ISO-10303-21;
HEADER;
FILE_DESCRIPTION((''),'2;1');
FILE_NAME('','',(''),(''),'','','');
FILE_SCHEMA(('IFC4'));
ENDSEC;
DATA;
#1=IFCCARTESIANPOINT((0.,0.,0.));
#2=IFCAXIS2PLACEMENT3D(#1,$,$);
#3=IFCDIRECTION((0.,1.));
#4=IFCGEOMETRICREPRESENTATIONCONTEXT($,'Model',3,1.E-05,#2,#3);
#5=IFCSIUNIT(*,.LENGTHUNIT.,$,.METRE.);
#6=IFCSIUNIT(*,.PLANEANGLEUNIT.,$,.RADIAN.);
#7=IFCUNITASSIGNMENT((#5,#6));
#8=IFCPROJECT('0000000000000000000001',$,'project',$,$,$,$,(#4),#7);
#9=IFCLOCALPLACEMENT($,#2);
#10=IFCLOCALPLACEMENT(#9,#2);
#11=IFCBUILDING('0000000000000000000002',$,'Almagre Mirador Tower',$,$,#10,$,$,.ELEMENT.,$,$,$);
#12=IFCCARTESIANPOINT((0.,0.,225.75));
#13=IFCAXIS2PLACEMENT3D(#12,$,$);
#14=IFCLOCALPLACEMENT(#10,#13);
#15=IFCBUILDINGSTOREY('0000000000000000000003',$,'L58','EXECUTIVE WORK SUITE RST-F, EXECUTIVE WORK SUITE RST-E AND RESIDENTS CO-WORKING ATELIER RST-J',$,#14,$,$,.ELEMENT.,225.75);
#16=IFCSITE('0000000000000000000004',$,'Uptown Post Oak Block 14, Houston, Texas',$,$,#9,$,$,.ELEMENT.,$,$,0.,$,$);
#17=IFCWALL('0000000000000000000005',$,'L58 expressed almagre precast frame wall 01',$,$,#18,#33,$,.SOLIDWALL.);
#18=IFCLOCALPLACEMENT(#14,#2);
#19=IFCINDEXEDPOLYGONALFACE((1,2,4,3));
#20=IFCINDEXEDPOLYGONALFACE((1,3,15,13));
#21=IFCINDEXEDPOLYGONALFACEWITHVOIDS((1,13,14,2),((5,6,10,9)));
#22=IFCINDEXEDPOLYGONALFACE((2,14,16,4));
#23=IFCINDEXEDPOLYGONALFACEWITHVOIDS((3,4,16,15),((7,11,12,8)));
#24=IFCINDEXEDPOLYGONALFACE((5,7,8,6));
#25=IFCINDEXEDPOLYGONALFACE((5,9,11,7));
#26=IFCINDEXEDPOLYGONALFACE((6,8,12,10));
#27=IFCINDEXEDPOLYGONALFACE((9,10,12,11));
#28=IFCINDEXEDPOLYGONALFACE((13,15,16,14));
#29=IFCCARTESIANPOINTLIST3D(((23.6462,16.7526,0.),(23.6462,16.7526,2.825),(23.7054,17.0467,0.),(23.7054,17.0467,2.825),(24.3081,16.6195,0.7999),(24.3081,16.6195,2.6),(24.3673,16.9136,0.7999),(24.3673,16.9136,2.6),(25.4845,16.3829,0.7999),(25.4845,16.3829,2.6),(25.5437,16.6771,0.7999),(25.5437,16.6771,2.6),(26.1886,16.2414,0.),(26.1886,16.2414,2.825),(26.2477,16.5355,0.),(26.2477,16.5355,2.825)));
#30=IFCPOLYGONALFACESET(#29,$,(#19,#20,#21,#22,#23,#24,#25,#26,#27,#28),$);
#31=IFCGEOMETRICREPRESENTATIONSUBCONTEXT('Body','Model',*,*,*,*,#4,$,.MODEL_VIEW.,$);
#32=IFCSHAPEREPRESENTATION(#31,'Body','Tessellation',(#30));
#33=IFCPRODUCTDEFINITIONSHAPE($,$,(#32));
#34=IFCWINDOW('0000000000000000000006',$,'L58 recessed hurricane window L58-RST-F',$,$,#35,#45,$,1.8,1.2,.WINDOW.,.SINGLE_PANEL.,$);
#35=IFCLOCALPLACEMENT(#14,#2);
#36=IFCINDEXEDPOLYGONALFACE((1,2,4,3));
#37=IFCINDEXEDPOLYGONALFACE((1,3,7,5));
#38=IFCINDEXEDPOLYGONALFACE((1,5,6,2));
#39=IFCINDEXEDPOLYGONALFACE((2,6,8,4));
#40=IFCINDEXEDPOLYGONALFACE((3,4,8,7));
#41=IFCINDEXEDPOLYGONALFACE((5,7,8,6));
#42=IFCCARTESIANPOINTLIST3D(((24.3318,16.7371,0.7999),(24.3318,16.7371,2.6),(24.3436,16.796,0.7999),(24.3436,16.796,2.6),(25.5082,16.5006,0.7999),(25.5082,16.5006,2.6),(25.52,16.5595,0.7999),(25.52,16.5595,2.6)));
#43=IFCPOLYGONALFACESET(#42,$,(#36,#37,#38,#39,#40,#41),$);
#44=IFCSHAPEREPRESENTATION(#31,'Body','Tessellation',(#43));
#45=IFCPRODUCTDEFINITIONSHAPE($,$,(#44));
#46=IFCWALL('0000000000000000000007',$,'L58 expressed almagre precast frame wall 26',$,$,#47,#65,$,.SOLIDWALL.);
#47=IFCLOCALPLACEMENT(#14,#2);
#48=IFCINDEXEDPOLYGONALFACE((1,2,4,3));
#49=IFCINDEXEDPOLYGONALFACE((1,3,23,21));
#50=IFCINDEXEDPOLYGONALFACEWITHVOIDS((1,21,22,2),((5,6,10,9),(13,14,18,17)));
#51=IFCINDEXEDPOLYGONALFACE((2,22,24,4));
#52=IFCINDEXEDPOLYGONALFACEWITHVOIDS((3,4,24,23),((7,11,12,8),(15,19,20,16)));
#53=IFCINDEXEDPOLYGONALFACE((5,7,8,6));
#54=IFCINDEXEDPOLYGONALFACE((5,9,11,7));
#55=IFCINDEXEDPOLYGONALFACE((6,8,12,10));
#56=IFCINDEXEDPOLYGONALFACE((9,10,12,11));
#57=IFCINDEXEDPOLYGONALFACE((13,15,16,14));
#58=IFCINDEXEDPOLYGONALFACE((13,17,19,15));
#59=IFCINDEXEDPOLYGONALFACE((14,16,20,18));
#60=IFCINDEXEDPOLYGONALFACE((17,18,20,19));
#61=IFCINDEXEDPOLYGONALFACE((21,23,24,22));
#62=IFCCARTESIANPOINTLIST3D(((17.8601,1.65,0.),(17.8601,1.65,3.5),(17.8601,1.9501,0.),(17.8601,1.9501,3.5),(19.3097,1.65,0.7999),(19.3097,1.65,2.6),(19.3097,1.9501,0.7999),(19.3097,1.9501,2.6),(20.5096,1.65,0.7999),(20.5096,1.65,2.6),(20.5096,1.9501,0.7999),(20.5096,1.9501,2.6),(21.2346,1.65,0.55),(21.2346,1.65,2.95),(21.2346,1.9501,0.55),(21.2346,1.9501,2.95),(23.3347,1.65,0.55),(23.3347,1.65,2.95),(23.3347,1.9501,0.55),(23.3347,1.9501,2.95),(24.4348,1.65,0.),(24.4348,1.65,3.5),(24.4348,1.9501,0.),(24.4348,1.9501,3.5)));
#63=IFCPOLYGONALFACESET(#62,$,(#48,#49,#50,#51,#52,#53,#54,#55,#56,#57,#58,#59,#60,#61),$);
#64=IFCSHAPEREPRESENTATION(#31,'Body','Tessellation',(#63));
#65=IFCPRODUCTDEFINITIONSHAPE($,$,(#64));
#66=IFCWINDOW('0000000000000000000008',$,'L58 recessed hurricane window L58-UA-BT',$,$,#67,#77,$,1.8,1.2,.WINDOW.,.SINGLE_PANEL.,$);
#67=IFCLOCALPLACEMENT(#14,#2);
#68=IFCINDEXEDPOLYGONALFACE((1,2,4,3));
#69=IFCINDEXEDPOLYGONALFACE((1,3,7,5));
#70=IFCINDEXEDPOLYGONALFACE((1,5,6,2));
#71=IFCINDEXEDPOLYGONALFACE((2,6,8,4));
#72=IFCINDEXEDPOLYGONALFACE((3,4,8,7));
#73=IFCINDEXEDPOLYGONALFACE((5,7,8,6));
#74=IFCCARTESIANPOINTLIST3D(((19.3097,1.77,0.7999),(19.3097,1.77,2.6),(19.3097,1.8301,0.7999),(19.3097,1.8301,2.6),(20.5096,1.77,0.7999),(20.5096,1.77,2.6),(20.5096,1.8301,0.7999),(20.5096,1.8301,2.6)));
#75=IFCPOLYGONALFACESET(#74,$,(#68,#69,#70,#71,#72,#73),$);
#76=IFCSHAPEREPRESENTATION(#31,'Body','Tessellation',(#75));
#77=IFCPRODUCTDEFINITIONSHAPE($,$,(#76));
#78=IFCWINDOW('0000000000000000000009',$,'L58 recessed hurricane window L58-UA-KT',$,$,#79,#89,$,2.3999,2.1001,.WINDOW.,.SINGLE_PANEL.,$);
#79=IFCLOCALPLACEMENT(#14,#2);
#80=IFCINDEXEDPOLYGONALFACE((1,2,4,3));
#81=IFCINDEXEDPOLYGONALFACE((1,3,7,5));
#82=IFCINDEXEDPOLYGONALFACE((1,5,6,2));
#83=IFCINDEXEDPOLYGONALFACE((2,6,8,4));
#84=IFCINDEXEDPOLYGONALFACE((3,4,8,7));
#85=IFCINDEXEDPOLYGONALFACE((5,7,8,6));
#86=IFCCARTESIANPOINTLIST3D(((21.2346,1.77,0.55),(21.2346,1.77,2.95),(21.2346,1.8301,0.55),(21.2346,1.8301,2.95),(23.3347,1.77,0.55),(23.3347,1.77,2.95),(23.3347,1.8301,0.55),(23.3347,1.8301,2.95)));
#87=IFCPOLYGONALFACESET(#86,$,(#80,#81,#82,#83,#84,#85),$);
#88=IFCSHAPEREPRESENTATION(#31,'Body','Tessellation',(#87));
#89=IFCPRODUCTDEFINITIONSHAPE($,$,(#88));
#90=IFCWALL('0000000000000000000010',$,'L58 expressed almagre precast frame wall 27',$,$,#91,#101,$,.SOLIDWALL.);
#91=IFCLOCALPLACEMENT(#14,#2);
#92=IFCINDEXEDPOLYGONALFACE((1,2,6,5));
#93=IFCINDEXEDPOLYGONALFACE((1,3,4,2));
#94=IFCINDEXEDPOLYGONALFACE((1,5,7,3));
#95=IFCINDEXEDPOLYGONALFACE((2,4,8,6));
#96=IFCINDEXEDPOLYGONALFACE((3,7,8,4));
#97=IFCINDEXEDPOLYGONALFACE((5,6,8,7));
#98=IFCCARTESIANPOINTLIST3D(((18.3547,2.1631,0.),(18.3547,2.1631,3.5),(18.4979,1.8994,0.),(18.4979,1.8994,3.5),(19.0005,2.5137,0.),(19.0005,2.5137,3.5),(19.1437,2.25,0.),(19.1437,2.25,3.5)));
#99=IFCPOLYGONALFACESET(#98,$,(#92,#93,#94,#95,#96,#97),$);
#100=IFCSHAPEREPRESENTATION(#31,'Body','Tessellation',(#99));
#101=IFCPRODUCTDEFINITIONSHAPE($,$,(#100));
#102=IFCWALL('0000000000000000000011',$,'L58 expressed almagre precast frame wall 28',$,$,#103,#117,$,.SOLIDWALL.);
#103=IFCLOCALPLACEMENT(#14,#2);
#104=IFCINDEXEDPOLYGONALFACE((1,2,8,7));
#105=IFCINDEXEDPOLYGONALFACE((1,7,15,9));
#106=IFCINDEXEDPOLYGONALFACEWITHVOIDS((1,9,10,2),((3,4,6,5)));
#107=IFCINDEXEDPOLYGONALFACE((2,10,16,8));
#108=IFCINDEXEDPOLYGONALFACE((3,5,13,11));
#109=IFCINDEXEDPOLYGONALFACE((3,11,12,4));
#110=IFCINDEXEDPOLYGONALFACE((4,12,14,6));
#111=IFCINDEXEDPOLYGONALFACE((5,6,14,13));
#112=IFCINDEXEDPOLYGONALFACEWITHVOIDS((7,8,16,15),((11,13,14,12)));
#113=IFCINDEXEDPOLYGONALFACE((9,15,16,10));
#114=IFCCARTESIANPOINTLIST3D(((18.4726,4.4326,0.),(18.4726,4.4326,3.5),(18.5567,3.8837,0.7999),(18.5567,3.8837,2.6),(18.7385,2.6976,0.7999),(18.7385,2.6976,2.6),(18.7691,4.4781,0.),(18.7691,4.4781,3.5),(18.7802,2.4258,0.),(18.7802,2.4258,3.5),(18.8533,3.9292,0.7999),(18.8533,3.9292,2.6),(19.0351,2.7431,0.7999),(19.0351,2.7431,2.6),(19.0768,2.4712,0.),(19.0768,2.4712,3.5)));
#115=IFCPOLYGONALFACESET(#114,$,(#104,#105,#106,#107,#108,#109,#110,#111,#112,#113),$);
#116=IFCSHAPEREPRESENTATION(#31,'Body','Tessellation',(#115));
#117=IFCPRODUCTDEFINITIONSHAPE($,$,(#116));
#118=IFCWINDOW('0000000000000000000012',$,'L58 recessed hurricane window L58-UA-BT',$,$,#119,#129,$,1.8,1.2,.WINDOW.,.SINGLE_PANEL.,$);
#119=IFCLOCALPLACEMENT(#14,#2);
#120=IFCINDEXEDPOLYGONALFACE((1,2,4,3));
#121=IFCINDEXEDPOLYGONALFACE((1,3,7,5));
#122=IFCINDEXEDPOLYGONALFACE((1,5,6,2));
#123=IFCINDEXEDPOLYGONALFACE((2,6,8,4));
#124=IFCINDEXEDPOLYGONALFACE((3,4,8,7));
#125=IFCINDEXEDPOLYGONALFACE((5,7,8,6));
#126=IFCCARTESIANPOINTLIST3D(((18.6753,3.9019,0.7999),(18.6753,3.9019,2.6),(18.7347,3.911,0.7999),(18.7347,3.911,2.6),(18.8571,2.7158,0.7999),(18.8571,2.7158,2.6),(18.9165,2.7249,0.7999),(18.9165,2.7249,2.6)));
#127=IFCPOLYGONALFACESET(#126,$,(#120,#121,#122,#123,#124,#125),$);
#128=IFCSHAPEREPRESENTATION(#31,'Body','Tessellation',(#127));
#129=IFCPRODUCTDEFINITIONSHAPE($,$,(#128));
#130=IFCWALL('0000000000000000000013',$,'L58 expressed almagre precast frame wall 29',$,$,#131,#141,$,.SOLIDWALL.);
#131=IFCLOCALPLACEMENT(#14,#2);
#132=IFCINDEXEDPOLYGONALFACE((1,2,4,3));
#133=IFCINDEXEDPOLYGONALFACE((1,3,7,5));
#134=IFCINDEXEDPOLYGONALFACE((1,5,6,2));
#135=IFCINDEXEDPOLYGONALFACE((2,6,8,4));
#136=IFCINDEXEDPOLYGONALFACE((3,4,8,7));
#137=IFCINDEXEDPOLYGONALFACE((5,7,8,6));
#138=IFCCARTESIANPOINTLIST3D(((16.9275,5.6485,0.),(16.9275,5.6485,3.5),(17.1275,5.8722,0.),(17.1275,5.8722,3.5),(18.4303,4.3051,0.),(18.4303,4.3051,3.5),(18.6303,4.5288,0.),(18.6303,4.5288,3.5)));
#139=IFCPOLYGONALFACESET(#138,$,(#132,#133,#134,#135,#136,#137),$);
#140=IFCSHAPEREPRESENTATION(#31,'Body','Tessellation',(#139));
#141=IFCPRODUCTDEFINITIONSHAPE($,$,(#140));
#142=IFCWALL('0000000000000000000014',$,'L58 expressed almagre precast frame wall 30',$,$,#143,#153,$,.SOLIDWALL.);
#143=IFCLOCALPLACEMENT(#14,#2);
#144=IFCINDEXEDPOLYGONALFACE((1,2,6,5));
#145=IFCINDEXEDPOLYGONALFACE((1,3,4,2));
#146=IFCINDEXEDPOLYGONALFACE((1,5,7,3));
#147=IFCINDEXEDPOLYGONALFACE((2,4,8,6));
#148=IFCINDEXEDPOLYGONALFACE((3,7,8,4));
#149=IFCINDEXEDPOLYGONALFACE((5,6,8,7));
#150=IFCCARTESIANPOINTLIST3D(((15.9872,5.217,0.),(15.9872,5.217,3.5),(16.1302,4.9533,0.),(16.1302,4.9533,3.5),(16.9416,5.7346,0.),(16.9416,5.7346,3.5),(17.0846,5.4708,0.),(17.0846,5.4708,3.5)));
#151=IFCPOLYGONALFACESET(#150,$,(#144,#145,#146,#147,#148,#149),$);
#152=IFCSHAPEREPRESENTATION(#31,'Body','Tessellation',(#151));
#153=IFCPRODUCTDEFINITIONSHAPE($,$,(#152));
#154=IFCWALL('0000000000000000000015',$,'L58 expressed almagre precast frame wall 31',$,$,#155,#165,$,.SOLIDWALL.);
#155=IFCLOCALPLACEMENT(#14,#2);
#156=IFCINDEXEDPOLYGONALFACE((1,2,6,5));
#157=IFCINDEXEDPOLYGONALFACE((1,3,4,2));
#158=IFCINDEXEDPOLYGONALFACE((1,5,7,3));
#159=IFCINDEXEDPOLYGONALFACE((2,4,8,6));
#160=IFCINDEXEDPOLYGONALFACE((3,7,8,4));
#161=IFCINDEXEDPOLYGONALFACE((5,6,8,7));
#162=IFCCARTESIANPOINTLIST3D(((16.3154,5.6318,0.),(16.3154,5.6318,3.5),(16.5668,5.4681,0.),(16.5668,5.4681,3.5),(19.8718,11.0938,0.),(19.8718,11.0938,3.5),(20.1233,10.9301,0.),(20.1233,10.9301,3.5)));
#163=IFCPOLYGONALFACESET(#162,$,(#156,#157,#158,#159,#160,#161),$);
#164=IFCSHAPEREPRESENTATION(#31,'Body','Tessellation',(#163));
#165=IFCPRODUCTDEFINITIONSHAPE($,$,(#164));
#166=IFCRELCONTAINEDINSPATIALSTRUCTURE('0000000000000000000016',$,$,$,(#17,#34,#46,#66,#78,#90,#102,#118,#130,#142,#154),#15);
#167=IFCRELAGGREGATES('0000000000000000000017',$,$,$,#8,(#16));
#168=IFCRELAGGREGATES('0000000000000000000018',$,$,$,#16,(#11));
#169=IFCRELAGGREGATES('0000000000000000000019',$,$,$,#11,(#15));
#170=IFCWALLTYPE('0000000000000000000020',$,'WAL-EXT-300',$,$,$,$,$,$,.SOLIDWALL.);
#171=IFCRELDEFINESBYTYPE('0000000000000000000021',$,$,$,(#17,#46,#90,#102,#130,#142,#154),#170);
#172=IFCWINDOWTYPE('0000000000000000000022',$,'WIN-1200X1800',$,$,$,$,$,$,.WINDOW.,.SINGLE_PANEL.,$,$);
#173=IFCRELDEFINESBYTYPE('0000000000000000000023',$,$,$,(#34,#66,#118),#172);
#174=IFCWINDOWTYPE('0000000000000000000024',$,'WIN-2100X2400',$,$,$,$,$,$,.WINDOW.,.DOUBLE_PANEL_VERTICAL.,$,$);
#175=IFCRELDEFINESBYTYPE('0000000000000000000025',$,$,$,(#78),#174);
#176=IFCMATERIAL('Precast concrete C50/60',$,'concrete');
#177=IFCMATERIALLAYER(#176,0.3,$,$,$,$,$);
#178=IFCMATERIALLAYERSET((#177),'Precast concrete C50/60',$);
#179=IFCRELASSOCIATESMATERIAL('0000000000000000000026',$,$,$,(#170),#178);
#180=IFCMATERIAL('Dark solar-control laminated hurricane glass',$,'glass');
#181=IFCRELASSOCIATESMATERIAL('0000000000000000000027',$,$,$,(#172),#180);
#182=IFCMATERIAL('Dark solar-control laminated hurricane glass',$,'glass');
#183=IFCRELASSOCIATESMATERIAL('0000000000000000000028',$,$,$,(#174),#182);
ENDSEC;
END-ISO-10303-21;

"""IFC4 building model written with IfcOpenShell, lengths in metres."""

from ifc_helpers import new_model, si_unit, direction, frame, frame_2d, origin, place, context, subcontext, project, spatial, rectangle, extrude, material, layer, layer_set, type_object, element, fill, save


model = new_model("IFC4")

# Units and contexts
model_context = context("Model", 3, precision=1e-05, world=origin(), true_north=direction((0.0, 1.0)))
body_context = subcontext(model_context, "Body", "Model", "MODEL_VIEW")
ifc_project = project(units=[si_unit("LENGTHUNIT", "METRE"), si_unit("PLANEANGLEUNIT", "RADIAN")], contexts=[model_context])

# Site, building, storey
site_placement = place(None, origin())
site = spatial("IfcSite", under=ifc_project, at=site_placement, Name="Uptown Post Oak Block 14, Houston, Texas", CompositionType="ELEMENT", RefElevation=0.0)
building_placement = place(site_placement, origin())
building = spatial("IfcBuilding", under=site, at=building_placement, Name="Almagre Mirador Tower", CompositionType="ELEMENT")
storey_placement = place(building_placement, frame((0.0, 0.0, 225.75)))
storey = spatial("IfcBuildingStorey", under=building, at=storey_placement, Name="L58", Description="EXECUTIVE WORK SUITE RST-F, EXECUTIVE WORK SUITE RST-E AND RESIDENTS CO-WORKING ATELIER RST-J", CompositionType="ELEMENT", Elevation=225.75)

# Wall, opening, window
ifc_material_1 = material(Name="Precast concrete C50/60", Category="concrete")
ifc_layer_1 = layer(ifc_material_1, 0.3)
ifc_layer_set_1 = layer_set([ifc_layer_1], Name="Precast concrete C50/60")
wall_type_1 = type_object("IfcWallType", Name="WAL-EXT-300", PredefinedType="SOLIDWALL", material=ifc_layer_set_1)
wall_1_placement = place(storey_placement, frame((23.6758, 16.8997, 0.0), z_axis=(0.0, 0.0, 1.0), x_axis=(0.980377, -0.19713, 0.0)))
wall_1 = element("IfcWall", 1, at=wall_1_placement, inside=storey, type_object=wall_type_1, Name="L58 expressed almagre precast frame wall 01", PredefinedType="SOLIDWALL", context=body_context, shape_type="SweptSolid", body=[
    extrude(rectangle(XDim=2.5933, YDim=0.3, at=frame_2d((1.2966, 0.0))), origin(), (0.0, 0.0, 1.0), 2.825),
])
opening_1_placement = place(wall_1_placement, frame((0.675, 0.0, 0.8)))
opening_1 = element("IfcOpeningElement", 2, at=opening_1_placement, cuts=wall_1, PredefinedType="OPENING", context=body_context, shape_type="SweptSolid", body=[
    extrude(rectangle(XDim=1.2, YDim=1.8, at=frame_2d((0.6001, 0.8999))), frame((0.0, 0.1599, 0.0), z_axis=(0.0, -1.0, 0.0), x_axis=(1.0, 0.0, 0.0)), (0.0, 0.0, 1.0), 0.32),
])
ifc_material_2 = material(Name="Dark solar-control laminated hurricane glass", Category="glass")
window_type_1 = type_object("IfcWindowType", Name="WIN-1200X1800", PartitioningType="SINGLE_PANEL", PredefinedType="WINDOW", material=ifc_material_2)
window_1_placement = place(opening_1_placement, origin())
window_1 = element("IfcWindow", 3, at=window_1_placement, inside=storey, type_object=window_type_1, Name="L58 recessed hurricane window L58-RST-F", OverallHeight=1.8, OverallWidth=1.2, PartitioningType="SINGLE_PANEL", PredefinedType="WINDOW", context=body_context, shape_type="SweptSolid", body=[
    extrude(rectangle(XDim=1.2, YDim=1.8, at=frame_2d((0.6001, 0.8999))), frame((0.0, 0.03, 0.0), z_axis=(0.0, -1.0, 0.0), x_axis=(1.0, 0.0, 0.0)), (0.0, 0.0, 1.0), 0.0601),
])
fill(opening_1, window_1)

# Wall, openings, windows
wall_2_placement = place(storey_placement, frame((24.4348, 1.8, 0.0), z_axis=(0.0, 0.0, 1.0), x_axis=(-1.0, 0.0, 0.0)))
wall_2 = element("IfcWall", 4, at=wall_2_placement, inside=storey, type_object=wall_type_1, Name="L58 expressed almagre precast frame wall 26", PredefinedType="SOLIDWALL", context=body_context, shape_type="SweptSolid", body=[
    extrude(rectangle(XDim=6.5747, YDim=0.3, at=frame_2d((3.2874, 0.0))), origin(), (0.0, 0.0, 1.0), 3.5),
])
opening_2_placement = place(wall_2_placement, frame((1.1001, 0.0, 0.55)))
opening_2 = element("IfcOpeningElement", 5, at=opening_2_placement, cuts=wall_2, PredefinedType="OPENING", context=body_context, shape_type="SweptSolid", body=[
    extrude(rectangle(XDim=2.1001, YDim=2.3999, at=frame_2d((1.05, 1.2))), frame((0.0, 0.1599, 0.0), z_axis=(0.0, -1.0, 0.0), x_axis=(1.0, 0.0, 0.0)), (0.0, 0.0, 1.0), 0.32),
])
opening_3_placement = place(wall_2_placement, frame((3.925, 0.0, 0.8)))
opening_3 = element("IfcOpeningElement", 6, at=opening_3_placement, cuts=wall_2, PredefinedType="OPENING", context=body_context, shape_type="SweptSolid", body=[
    extrude(rectangle(XDim=1.2, YDim=1.8, at=frame_2d((0.6001, 0.8999))), frame((0.0, 0.1599, 0.0), z_axis=(0.0, -1.0, 0.0), x_axis=(1.0, 0.0, 0.0)), (0.0, 0.0, 1.0), 0.32),
])
window_2_placement = place(opening_3_placement, origin())
window_2 = element("IfcWindow", 7, at=window_2_placement, inside=storey, type_object=window_type_1, Name="L58 recessed hurricane window L58-UA-BT", OverallHeight=1.8, OverallWidth=1.2, PartitioningType="SINGLE_PANEL", PredefinedType="WINDOW", context=body_context, shape_type="SweptSolid", body=[
    extrude(rectangle(XDim=1.2, YDim=1.8, at=frame_2d((0.6001, 0.8999))), frame((0.0, 0.03, 0.0), z_axis=(0.0, -1.0, 0.0), x_axis=(1.0, 0.0, 0.0)), (0.0, 0.0, 1.0), 0.0601),
])
fill(opening_3, window_2)
ifc_material_3 = material(Name="Dark solar-control laminated hurricane glass", Category="glass")
window_type_2 = type_object("IfcWindowType", Name="WIN-2100X2400", PartitioningType="DOUBLE_PANEL_VERTICAL", PredefinedType="WINDOW", material=ifc_material_3)
window_3_placement = place(opening_2_placement, origin())
window_3 = element("IfcWindow", 8, at=window_3_placement, inside=storey, type_object=window_type_2, Name="L58 recessed hurricane window L58-UA-KT", OverallHeight=2.3999, OverallWidth=2.1001, PartitioningType="SINGLE_PANEL", PredefinedType="WINDOW", context=body_context, shape_type="SweptSolid", body=[
    extrude(rectangle(XDim=2.1001, YDim=2.3999, at=frame_2d((1.05, 1.2))), frame((0.0, 0.03, 0.0), z_axis=(0.0, -1.0, 0.0), x_axis=(1.0, 0.0, 0.0)), (0.0, 0.0, 1.0), 0.0601),
])
fill(opening_2, window_3)

# Wall
wall_3_placement = place(storey_placement, frame((18.4263, 2.0312, 0.0), z_axis=(0.0, 0.0, 1.0), x_axis=(0.878834, 0.477129, 0.0)))
element("IfcWall", 9, at=wall_3_placement, inside=storey, type_object=wall_type_1, Name="L58 expressed almagre precast frame wall 27", PredefinedType="SOLIDWALL", context=body_context, shape_type="SweptSolid", body=[
    extrude(rectangle(XDim=0.7349, YDim=0.3, at=frame_2d((0.3674, 0.0))), origin(), (0.0, 0.0, 1.0), 3.5),
])

# Wall, opening, window
wall_4_placement = place(storey_placement, frame((18.9285, 2.4485, 0.0), z_axis=(0.0, 0.0, 1.0), x_axis=(-0.151515, 0.988455, 0.0)))
wall_4 = element("IfcWall", 10, at=wall_4_placement, inside=storey, type_object=wall_type_1, Name="L58 expressed almagre precast frame wall 28", PredefinedType="SOLIDWALL", context=body_context, shape_type="SweptSolid", body=[
    extrude(rectangle(XDim=2.0303, YDim=0.3, at=frame_2d((1.0151, 0.0))), origin(), (0.0, 0.0, 1.0), 3.5),
])
opening_4_placement = place(wall_4_placement, frame((0.2749, 0.0, 0.8)))
opening_4 = element("IfcOpeningElement", 11, at=opening_4_placement, cuts=wall_4, PredefinedType="OPENING", context=body_context, shape_type="SweptSolid", body=[
    extrude(rectangle(XDim=1.2, YDim=1.8, at=frame_2d((0.6001, 0.8999))), frame((0.0, 0.1599, 0.0), z_axis=(0.0, -1.0, 0.0), x_axis=(1.0, 0.0, 0.0)), (0.0, 0.0, 1.0), 0.32),
])
window_4_placement = place(opening_4_placement, origin())
window_4 = element("IfcWindow", 12, at=window_4_placement, inside=storey, type_object=window_type_1, Name="L58 recessed hurricane window L58-UA-BT", OverallHeight=1.8, OverallWidth=1.2, PartitioningType="SINGLE_PANEL", PredefinedType="WINDOW", context=body_context, shape_type="SweptSolid", body=[
    extrude(rectangle(XDim=1.2, YDim=1.8, at=frame_2d((0.6001, 0.8999))), frame((0.0, 0.03, 0.0), z_axis=(0.0, -1.0, 0.0), x_axis=(1.0, 0.0, 0.0)), (0.0, 0.0, 1.0), 0.0601),
])
fill(opening_4, window_4)

# Walls
wall_5_placement = place(storey_placement, frame((18.5303, 4.417, 0.0), z_axis=(0.0, 0.0, 1.0), x_axis=(-0.745549, 0.666451, 0.0)))
element("IfcWall", 13, at=wall_5_placement, inside=storey, type_object=wall_type_1, Name="L58 expressed almagre precast frame wall 29", PredefinedType="SOLIDWALL", context=body_context, shape_type="SweptSolid", body=[
    extrude(rectangle(XDim=2.0156, YDim=0.3, at=frame_2d((1.0078, 0.0))), origin(), (0.0, 0.0, 1.0), 3.5),
])
wall_6_placement = place(storey_placement, frame((17.0132, 5.6028, 0.0), z_axis=(0.0, 0.0, 1.0), x_axis=(-0.879045, -0.476739, 0.0)))
element("IfcWall", 14, at=wall_6_placement, inside=storey, type_object=wall_type_1, Name="L58 expressed almagre precast frame wall 30", PredefinedType="SOLIDWALL", context=body_context, shape_type="SweptSolid", body=[
    extrude(rectangle(XDim=1.0857, YDim=0.3, at=frame_2d((0.543, 0.0))), origin(), (0.0, 0.0, 1.0), 3.5),
])
wall_7_placement = place(storey_placement, frame((16.4412, 5.55, 0.0), z_axis=(0.0, 0.0, 1.0), x_axis=(0.545652, 0.838012, 0.0)))
element("IfcWall", 15, at=wall_7_placement, inside=storey, type_object=wall_type_1, Name="L58 expressed almagre precast frame wall 31", PredefinedType="SOLIDWALL", context=body_context, shape_type="SweptSolid", body=[
    extrude(rectangle(XDim=6.5178, YDim=0.3, at=frame_2d((3.2588, 0.0))), origin(), (0.0, 0.0, 1.0), 3.5),
])

save(model, "model.ifc")
